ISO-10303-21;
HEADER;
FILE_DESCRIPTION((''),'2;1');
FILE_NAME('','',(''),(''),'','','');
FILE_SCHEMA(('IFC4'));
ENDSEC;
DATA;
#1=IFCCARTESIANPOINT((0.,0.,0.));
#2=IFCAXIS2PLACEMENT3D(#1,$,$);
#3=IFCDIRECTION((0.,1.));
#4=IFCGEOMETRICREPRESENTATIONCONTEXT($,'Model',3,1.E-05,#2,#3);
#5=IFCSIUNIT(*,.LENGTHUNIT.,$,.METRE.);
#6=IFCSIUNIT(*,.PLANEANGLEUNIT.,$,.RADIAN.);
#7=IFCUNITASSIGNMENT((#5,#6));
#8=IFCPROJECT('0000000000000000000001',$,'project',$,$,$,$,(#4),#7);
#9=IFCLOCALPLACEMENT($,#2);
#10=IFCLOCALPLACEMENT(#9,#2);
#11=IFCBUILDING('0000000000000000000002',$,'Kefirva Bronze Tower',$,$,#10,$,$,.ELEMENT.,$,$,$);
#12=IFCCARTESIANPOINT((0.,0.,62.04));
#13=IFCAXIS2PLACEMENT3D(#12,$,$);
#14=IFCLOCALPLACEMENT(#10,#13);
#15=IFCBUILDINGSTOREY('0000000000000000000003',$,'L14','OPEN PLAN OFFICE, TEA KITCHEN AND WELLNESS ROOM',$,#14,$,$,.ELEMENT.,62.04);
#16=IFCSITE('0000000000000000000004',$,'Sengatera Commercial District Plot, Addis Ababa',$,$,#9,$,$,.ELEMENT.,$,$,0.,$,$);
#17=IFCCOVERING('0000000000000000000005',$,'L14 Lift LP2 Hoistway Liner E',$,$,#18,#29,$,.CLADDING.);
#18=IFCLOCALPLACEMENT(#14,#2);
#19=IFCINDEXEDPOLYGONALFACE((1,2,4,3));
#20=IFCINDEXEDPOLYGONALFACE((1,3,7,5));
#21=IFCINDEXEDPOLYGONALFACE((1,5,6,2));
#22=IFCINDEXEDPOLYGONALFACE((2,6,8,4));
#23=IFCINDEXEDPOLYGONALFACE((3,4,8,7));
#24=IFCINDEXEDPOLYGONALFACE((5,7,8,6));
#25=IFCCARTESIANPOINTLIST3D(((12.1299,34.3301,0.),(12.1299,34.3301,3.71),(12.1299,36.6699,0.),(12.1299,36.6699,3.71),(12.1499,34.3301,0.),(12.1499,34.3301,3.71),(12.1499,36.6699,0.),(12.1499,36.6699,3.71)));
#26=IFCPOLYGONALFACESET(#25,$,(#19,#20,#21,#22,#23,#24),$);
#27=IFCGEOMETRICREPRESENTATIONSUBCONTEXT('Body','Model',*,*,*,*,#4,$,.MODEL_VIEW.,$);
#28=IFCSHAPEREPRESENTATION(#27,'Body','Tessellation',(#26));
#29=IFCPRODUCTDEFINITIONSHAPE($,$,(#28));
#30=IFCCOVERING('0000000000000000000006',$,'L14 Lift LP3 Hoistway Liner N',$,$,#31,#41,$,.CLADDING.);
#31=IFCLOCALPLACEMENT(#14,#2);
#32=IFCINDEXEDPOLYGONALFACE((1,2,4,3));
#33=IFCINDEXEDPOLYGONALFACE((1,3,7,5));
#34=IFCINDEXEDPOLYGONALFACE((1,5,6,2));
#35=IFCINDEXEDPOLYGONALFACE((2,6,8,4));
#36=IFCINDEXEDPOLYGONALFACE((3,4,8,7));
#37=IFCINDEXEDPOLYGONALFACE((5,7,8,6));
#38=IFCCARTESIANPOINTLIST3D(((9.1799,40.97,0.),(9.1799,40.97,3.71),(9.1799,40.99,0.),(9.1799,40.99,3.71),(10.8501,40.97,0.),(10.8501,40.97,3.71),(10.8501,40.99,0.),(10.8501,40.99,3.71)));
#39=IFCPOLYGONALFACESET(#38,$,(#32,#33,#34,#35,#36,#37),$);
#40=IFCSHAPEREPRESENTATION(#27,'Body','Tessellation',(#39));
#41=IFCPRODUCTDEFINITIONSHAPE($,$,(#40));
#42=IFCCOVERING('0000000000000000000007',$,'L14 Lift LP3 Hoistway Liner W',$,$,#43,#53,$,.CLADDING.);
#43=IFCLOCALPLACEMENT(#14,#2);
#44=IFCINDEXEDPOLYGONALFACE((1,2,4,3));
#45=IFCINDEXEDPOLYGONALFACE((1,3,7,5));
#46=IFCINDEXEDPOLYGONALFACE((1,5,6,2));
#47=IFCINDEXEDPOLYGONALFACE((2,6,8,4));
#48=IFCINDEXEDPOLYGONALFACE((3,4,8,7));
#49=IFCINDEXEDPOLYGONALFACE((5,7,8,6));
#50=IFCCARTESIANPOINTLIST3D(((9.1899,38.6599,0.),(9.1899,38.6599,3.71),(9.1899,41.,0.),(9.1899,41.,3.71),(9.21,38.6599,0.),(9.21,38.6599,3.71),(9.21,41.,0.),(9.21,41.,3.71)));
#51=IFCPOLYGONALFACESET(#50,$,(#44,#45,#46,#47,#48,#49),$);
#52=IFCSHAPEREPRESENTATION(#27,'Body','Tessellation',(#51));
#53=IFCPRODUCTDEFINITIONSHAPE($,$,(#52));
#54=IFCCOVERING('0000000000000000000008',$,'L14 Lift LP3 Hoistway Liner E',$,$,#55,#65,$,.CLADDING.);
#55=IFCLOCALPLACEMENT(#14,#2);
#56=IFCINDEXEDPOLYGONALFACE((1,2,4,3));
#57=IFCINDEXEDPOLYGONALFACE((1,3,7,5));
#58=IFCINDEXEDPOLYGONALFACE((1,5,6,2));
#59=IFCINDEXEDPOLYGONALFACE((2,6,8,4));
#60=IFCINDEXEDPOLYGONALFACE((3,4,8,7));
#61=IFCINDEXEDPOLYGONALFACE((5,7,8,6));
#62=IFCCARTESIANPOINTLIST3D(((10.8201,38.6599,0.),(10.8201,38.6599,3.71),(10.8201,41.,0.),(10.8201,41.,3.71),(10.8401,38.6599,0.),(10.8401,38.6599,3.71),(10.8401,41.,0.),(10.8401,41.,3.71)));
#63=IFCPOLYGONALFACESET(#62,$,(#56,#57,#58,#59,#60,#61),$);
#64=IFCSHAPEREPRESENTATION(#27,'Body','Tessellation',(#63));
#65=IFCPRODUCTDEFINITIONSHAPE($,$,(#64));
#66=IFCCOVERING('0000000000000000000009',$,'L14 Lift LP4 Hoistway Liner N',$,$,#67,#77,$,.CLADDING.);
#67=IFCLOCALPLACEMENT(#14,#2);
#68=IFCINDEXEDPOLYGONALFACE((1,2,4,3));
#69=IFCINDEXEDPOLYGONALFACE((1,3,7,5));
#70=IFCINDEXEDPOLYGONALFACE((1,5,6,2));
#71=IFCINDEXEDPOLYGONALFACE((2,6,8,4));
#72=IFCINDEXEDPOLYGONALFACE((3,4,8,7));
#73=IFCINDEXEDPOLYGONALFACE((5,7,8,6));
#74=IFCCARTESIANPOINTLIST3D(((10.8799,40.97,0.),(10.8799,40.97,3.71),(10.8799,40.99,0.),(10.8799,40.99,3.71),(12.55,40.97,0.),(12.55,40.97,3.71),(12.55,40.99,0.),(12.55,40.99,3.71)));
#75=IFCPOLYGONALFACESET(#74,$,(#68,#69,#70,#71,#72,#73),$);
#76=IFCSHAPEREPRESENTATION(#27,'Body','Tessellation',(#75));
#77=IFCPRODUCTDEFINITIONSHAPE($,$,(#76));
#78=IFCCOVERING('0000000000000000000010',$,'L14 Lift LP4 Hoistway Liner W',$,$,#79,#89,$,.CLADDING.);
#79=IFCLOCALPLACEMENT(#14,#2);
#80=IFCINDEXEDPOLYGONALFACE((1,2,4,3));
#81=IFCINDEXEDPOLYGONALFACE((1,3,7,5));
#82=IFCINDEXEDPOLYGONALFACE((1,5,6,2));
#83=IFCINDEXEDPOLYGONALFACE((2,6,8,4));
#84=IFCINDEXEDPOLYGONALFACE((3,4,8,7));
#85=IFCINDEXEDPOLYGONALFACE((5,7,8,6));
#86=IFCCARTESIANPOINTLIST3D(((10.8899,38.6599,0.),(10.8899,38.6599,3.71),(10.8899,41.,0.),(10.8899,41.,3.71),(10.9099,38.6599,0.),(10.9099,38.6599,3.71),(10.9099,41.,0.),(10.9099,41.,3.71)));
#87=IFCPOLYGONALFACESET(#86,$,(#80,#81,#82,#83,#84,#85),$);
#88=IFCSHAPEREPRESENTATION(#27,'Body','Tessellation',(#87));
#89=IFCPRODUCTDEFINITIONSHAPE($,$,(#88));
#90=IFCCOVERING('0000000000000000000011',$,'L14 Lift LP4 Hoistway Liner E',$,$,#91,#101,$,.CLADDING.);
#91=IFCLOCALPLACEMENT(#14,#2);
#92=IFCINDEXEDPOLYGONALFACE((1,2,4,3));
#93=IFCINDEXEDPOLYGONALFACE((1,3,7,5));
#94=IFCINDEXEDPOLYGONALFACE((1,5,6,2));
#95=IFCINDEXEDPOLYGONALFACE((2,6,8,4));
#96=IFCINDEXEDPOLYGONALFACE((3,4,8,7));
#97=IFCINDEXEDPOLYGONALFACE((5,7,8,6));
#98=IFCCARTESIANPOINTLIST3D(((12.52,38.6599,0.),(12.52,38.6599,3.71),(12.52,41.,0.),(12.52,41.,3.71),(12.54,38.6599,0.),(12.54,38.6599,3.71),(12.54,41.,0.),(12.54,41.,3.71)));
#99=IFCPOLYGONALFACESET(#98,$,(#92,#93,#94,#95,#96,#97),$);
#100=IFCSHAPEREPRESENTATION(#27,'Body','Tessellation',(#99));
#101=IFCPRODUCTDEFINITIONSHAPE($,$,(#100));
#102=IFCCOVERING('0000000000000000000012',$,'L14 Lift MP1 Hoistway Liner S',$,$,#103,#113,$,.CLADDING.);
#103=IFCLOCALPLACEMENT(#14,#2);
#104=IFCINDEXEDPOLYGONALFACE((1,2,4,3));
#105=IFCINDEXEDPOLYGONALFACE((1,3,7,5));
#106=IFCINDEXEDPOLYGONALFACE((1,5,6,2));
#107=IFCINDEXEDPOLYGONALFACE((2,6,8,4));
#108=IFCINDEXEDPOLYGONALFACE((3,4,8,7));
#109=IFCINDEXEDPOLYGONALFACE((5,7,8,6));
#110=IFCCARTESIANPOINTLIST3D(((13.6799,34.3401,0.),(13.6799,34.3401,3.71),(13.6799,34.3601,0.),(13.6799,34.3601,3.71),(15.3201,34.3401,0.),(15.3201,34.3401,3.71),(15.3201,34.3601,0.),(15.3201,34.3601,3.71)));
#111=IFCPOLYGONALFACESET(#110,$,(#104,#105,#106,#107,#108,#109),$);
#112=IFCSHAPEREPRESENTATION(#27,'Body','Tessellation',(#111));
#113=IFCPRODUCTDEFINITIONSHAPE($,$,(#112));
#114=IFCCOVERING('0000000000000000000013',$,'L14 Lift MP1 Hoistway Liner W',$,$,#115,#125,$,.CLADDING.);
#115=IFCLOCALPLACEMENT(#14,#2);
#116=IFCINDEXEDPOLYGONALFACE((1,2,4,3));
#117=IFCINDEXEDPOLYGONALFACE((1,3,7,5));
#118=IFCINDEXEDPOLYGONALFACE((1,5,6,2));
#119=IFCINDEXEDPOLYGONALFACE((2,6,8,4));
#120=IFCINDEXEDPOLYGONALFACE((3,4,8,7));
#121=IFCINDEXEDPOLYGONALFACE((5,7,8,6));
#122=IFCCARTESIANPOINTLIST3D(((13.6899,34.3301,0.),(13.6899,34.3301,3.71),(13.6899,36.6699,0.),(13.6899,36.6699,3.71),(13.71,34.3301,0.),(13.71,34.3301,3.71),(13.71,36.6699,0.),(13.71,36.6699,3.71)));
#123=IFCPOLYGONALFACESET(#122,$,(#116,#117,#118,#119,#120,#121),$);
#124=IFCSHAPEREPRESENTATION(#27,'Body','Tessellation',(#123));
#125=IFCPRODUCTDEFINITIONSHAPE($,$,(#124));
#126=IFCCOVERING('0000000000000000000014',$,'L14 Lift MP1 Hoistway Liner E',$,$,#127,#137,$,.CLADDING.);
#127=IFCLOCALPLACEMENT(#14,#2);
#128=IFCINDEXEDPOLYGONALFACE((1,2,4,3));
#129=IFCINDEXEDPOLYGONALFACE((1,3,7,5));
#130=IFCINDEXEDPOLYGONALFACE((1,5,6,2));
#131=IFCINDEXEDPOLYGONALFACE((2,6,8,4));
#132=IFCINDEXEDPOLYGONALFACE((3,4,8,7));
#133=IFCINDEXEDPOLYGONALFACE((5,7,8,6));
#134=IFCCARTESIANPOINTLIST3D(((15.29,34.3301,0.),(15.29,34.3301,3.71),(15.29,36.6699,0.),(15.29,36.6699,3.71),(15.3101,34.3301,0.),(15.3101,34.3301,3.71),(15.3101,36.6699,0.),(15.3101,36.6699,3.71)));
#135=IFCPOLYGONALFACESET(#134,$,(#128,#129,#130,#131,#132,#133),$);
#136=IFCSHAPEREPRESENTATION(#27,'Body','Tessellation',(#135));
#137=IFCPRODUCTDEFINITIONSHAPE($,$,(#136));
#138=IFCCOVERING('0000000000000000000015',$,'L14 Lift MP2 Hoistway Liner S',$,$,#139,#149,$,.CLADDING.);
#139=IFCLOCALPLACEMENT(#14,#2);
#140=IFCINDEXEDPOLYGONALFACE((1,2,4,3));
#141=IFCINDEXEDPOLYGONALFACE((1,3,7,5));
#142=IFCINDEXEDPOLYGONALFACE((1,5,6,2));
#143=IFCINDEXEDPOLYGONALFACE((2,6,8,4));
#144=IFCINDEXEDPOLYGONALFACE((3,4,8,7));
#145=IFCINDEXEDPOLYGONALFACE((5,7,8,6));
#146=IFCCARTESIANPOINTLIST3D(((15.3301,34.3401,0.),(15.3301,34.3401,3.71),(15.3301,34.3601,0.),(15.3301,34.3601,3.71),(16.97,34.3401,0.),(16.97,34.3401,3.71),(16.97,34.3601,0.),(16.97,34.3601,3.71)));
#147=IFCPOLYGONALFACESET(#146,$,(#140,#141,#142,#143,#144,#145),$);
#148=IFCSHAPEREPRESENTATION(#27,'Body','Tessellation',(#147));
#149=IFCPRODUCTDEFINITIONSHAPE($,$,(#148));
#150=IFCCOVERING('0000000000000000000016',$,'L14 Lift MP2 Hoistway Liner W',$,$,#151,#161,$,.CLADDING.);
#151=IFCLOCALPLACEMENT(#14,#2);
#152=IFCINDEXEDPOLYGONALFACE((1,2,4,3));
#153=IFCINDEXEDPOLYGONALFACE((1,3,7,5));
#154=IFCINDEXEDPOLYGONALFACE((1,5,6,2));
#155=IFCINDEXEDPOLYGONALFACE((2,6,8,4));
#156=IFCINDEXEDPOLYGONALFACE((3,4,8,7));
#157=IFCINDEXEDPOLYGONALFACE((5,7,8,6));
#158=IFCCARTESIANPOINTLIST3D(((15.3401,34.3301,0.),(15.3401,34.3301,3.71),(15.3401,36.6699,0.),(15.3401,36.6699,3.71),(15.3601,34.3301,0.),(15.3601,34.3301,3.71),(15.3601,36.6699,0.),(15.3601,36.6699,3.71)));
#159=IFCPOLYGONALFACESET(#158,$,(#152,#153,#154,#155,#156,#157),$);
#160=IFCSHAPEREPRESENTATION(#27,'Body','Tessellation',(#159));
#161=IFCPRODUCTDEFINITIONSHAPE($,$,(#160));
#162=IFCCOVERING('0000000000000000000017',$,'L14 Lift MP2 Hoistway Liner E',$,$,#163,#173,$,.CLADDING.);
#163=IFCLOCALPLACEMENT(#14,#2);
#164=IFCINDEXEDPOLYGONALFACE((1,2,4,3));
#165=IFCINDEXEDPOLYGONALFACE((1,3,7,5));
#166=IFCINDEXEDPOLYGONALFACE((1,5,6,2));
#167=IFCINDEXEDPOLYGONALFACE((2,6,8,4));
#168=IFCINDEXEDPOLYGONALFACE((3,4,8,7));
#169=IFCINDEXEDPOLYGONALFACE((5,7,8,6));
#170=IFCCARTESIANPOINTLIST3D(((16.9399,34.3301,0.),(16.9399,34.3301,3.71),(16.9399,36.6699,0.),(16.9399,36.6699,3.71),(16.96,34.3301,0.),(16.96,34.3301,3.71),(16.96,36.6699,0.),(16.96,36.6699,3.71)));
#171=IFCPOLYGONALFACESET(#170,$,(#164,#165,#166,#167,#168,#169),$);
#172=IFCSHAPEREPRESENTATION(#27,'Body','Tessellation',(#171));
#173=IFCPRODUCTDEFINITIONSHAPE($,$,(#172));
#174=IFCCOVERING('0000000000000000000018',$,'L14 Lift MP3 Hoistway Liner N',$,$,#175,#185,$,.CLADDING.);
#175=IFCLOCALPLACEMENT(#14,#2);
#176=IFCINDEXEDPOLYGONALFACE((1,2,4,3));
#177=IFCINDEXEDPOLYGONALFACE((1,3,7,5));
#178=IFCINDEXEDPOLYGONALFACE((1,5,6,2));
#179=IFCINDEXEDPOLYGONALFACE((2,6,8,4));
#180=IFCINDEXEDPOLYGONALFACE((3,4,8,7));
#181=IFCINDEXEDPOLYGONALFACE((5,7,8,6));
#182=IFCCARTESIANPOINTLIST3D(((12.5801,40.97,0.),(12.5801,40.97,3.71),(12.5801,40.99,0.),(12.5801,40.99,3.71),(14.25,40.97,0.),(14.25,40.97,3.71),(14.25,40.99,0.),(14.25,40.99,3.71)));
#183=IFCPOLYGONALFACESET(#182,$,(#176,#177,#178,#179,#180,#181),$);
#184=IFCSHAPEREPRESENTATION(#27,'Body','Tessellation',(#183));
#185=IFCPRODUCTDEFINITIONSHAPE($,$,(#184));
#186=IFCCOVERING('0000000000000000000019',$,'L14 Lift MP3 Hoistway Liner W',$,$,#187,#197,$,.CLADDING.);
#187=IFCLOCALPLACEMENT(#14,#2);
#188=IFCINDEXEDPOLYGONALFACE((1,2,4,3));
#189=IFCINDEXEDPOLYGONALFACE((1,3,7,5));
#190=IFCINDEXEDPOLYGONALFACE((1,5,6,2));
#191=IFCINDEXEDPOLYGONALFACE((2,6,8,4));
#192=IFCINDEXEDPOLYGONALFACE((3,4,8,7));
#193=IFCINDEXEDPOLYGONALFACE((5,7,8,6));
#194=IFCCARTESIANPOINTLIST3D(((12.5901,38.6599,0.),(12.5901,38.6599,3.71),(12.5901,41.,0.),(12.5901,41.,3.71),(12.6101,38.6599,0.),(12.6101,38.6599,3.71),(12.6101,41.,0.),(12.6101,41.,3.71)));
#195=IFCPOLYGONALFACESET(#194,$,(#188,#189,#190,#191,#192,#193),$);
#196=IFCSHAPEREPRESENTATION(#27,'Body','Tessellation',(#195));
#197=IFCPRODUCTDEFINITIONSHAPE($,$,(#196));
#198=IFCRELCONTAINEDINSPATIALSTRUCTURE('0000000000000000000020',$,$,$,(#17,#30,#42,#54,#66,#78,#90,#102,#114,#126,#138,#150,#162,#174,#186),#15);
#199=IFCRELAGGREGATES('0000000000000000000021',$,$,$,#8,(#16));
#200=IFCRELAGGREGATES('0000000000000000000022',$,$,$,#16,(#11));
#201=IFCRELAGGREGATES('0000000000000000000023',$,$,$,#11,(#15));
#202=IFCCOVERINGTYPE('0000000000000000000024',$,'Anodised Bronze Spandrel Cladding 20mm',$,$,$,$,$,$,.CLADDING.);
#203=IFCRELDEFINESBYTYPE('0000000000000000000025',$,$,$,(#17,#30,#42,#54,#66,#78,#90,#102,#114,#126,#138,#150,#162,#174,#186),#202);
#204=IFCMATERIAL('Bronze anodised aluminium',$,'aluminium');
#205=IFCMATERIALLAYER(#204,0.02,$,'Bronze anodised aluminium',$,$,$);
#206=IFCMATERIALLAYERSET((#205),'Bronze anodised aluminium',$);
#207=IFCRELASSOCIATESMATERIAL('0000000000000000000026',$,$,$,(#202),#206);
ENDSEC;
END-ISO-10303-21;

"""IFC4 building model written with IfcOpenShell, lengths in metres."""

from ifc_helpers import new_model, si_unit, direction, frame, origin, place, context, subcontext, project, spatial, polyline, outline, extrude, material, layer, layer_set, type_object, element, save


model = new_model("IFC4")

# Units and contexts
model_context = context("Model", 3, precision=1e-05, world=origin(), true_north=direction((0.0, 1.0)))
body_context = subcontext(model_context, "Body", "Model", "MODEL_VIEW")
ifc_project = project(units=[si_unit("LENGTHUNIT", "METRE"), si_unit("PLANEANGLEUNIT", "RADIAN")], contexts=[model_context])

# Site, building, storey
site_placement = place(None, origin())
site = spatial("IfcSite", under=ifc_project, at=site_placement, Name="Sengatera Commercial District Plot, Addis Ababa", CompositionType="ELEMENT", RefElevation=0.0)
building_placement = place(site_placement, origin())
building = spatial("IfcBuilding", under=site, at=building_placement, Name="Kefirva Bronze Tower", CompositionType="ELEMENT")
storey_placement = place(building_placement, frame((0.0, 0.0, 62.04)))
storey = spatial("IfcBuildingStorey", under=building, at=storey_placement, Name="L14", Description="OPEN PLAN OFFICE, TEA KITCHEN AND WELLNESS ROOM", CompositionType="ELEMENT", Elevation=62.04)

# Coverings
ifc_material = material(Name="Bronze anodised aluminium", Category="aluminium")
ifc_layer_1 = layer(ifc_material, 0.02, Name="Bronze anodised aluminium")
ifc_layer_set_1 = layer_set([ifc_layer_1], Name="Bronze anodised aluminium")
covering_type_1 = type_object("IfcCoveringType", Name="Anodised Bronze Spandrel Cladding 20mm", PredefinedType="CLADDING", material=ifc_layer_set_1)
covering_1_placement = place(storey_placement, origin())
element("IfcCovering", 1, at=covering_1_placement, inside=storey, type_object=covering_type_1, Name="L14 Lift LP2 Hoistway Liner E", PredefinedType="CLADDING", context=body_context, shape_type="SweptSolid", body=[
    extrude(outline(polyline([(12.1299, 34.3301), (12.1499, 34.3301), (12.1499, 36.6699), (12.1299, 36.6699), (12.1299, 34.3301)])), origin(), (0.0, 0.0, 1.0), 3.71),
])
covering_2_placement = place(storey_placement, origin())
element("IfcCovering", 2, at=covering_2_placement, inside=storey, type_object=covering_type_1, Name="L14 Lift LP3 Hoistway Liner N", PredefinedType="CLADDING", context=body_context, shape_type="SweptSolid", body=[
    extrude(outline(polyline([(9.1799, 40.97), (10.8501, 40.97), (10.8501, 40.99), (9.1799, 40.99), (9.1799, 40.97)])), origin(), (0.0, 0.0, 1.0), 3.71),
])
covering_3_placement = place(storey_placement, origin())
element("IfcCovering", 3, at=covering_3_placement, inside=storey, type_object=covering_type_1, Name="L14 Lift LP3 Hoistway Liner W", PredefinedType="CLADDING", context=body_context, shape_type="SweptSolid", body=[
    extrude(outline(polyline([(9.1899, 38.6599), (9.21, 38.6599), (9.21, 41.0), (9.1899, 41.0), (9.1899, 38.6599)])), origin(), (0.0, 0.0, 1.0), 3.71),
])
covering_4_placement = place(storey_placement, origin())
element("IfcCovering", 4, at=covering_4_placement, inside=storey, type_object=covering_type_1, Name="L14 Lift LP3 Hoistway Liner E", PredefinedType="CLADDING", context=body_context, shape_type="SweptSolid", body=[
    extrude(outline(polyline([(10.8201, 38.6599), (10.8401, 38.6599), (10.8401, 41.0), (10.8201, 41.0), (10.8201, 38.6599)])), origin(), (0.0, 0.0, 1.0), 3.71),
])
covering_5_placement = place(storey_placement, origin())
element("IfcCovering", 5, at=covering_5_placement, inside=storey, type_object=covering_type_1, Name="L14 Lift LP4 Hoistway Liner N", PredefinedType="CLADDING", context=body_context, shape_type="SweptSolid", body=[
    extrude(outline(polyline([(10.8799, 40.97), (12.55, 40.97), (12.55, 40.99), (10.8799, 40.99), (10.8799, 40.97)])), origin(), (0.0, 0.0, 1.0), 3.71),
])
covering_6_placement = place(storey_placement, origin())
element("IfcCovering", 6, at=covering_6_placement, inside=storey, type_object=covering_type_1, Name="L14 Lift LP4 Hoistway Liner W", PredefinedType="CLADDING", context=body_context, shape_type="SweptSolid", body=[
    extrude(outline(polyline([(10.8899, 38.6599), (10.9099, 38.6599), (10.9099, 41.0), (10.8899, 41.0), (10.8899, 38.6599)])), origin(), (0.0, 0.0, 1.0), 3.71),
])
covering_7_placement = place(storey_placement, origin())
element("IfcCovering", 7, at=covering_7_placement, inside=storey, type_object=covering_type_1, Name="L14 Lift LP4 Hoistway Liner E", PredefinedType="CLADDING", context=body_context, shape_type="SweptSolid", body=[
    extrude(outline(polyline([(12.52, 38.6599), (12.54, 38.6599), (12.54, 41.0), (12.52, 41.0), (12.52, 38.6599)])), origin(), (0.0, 0.0, 1.0), 3.71),
])
covering_8_placement = place(storey_placement, origin())
element("IfcCovering", 8, at=covering_8_placement, inside=storey, type_object=covering_type_1, Name="L14 Lift MP1 Hoistway Liner S", PredefinedType="CLADDING", context=body_context, shape_type="SweptSolid", body=[
    extrude(outline(polyline([(13.6799, 34.3401), (15.3201, 34.3401), (15.3201, 34.3601), (13.6799, 34.3601), (13.6799, 34.3401)])), origin(), (0.0, 0.0, 1.0), 3.71),
])
covering_9_placement = place(storey_placement, origin())
element("IfcCovering", 9, at=covering_9_placement, inside=storey, type_object=covering_type_1, Name="L14 Lift MP1 Hoistway Liner W", PredefinedType="CLADDING", context=body_context, shape_type="SweptSolid", body=[
    extrude(outline(polyline([(13.6899, 34.3301), (13.71, 34.3301), (13.71, 36.6699), (13.6899, 36.6699), (13.6899, 34.3301)])), origin(), (0.0, 0.0, 1.0), 3.71),
])
covering_10_placement = place(storey_placement, origin())
element("IfcCovering", 10, at=covering_10_placement, inside=storey, type_object=covering_type_1, Name="L14 Lift MP1 Hoistway Liner E", PredefinedType="CLADDING", context=body_context, shape_type="SweptSolid", body=[
    extrude(outline(polyline([(15.29, 34.3301), (15.3101, 34.3301), (15.3101, 36.6699), (15.29, 36.6699), (15.29, 34.3301)])), origin(), (0.0, 0.0, 1.0), 3.71),
])
covering_11_placement = place(storey_placement, origin())
element("IfcCovering", 11, at=covering_11_placement, inside=storey, type_object=covering_type_1, Name="L14 Lift MP2 Hoistway Liner S", PredefinedType="CLADDING", context=body_context, shape_type="SweptSolid", body=[
    extrude(outline(polyline([(15.3301, 34.3401), (16.97, 34.3401), (16.97, 34.3601), (15.3301, 34.3601), (15.3301, 34.3401)])), origin(), (0.0, 0.0, 1.0), 3.71),
])
covering_12_placement = place(storey_placement, origin())
element("IfcCovering", 12, at=covering_12_placement, inside=storey, type_object=covering_type_1, Name="L14 Lift MP2 Hoistway Liner W", PredefinedType="CLADDING", context=body_context, shape_type="SweptSolid", body=[
    extrude(outline(polyline([(15.3401, 34.3301), (15.3601, 34.3301), (15.3601, 36.6699), (15.3401, 36.6699), (15.3401, 34.3301)])), origin(), (0.0, 0.0, 1.0), 3.71),
])
covering_13_placement = place(storey_placement, origin())
element("IfcCovering", 13, at=covering_13_placement, inside=storey, type_object=covering_type_1, Name="L14 Lift MP2 Hoistway Liner E", PredefinedType="CLADDING", context=body_context, shape_type="SweptSolid", body=[
    extrude(outline(polyline([(16.9399, 34.3301), (16.96, 34.3301), (16.96, 36.6699), (16.9399, 36.6699), (16.9399, 34.3301)])), origin(), (0.0, 0.0, 1.0), 3.71),
])
covering_14_placement = place(storey_placement, origin())
element("IfcCovering", 14, at=covering_14_placement, inside=storey, type_object=covering_type_1, Name="L14 Lift MP3 Hoistway Liner N", PredefinedType="CLADDING", context=body_context, shape_type="SweptSolid", body=[
    extrude(outline(polyline([(12.5801, 40.97), (14.25, 40.97), (14.25, 40.99), (12.5801, 40.99), (12.5801, 40.97)])), origin(), (0.0, 0.0, 1.0), 3.71),
])
covering_15_placement = place(storey_placement, origin())
element("IfcCovering", 15, at=covering_15_placement, inside=storey, type_object=covering_type_1, Name="L14 Lift MP3 Hoistway Liner W", PredefinedType="CLADDING", context=body_context, shape_type="SweptSolid", body=[
    extrude(outline(polyline([(12.5901, 38.6599), (12.6101, 38.6599), (12.6101, 41.0), (12.5901, 41.0), (12.5901, 38.6599)])), origin(), (0.0, 0.0, 1.0), 3.71),
])

save(model, "model.ifc")
